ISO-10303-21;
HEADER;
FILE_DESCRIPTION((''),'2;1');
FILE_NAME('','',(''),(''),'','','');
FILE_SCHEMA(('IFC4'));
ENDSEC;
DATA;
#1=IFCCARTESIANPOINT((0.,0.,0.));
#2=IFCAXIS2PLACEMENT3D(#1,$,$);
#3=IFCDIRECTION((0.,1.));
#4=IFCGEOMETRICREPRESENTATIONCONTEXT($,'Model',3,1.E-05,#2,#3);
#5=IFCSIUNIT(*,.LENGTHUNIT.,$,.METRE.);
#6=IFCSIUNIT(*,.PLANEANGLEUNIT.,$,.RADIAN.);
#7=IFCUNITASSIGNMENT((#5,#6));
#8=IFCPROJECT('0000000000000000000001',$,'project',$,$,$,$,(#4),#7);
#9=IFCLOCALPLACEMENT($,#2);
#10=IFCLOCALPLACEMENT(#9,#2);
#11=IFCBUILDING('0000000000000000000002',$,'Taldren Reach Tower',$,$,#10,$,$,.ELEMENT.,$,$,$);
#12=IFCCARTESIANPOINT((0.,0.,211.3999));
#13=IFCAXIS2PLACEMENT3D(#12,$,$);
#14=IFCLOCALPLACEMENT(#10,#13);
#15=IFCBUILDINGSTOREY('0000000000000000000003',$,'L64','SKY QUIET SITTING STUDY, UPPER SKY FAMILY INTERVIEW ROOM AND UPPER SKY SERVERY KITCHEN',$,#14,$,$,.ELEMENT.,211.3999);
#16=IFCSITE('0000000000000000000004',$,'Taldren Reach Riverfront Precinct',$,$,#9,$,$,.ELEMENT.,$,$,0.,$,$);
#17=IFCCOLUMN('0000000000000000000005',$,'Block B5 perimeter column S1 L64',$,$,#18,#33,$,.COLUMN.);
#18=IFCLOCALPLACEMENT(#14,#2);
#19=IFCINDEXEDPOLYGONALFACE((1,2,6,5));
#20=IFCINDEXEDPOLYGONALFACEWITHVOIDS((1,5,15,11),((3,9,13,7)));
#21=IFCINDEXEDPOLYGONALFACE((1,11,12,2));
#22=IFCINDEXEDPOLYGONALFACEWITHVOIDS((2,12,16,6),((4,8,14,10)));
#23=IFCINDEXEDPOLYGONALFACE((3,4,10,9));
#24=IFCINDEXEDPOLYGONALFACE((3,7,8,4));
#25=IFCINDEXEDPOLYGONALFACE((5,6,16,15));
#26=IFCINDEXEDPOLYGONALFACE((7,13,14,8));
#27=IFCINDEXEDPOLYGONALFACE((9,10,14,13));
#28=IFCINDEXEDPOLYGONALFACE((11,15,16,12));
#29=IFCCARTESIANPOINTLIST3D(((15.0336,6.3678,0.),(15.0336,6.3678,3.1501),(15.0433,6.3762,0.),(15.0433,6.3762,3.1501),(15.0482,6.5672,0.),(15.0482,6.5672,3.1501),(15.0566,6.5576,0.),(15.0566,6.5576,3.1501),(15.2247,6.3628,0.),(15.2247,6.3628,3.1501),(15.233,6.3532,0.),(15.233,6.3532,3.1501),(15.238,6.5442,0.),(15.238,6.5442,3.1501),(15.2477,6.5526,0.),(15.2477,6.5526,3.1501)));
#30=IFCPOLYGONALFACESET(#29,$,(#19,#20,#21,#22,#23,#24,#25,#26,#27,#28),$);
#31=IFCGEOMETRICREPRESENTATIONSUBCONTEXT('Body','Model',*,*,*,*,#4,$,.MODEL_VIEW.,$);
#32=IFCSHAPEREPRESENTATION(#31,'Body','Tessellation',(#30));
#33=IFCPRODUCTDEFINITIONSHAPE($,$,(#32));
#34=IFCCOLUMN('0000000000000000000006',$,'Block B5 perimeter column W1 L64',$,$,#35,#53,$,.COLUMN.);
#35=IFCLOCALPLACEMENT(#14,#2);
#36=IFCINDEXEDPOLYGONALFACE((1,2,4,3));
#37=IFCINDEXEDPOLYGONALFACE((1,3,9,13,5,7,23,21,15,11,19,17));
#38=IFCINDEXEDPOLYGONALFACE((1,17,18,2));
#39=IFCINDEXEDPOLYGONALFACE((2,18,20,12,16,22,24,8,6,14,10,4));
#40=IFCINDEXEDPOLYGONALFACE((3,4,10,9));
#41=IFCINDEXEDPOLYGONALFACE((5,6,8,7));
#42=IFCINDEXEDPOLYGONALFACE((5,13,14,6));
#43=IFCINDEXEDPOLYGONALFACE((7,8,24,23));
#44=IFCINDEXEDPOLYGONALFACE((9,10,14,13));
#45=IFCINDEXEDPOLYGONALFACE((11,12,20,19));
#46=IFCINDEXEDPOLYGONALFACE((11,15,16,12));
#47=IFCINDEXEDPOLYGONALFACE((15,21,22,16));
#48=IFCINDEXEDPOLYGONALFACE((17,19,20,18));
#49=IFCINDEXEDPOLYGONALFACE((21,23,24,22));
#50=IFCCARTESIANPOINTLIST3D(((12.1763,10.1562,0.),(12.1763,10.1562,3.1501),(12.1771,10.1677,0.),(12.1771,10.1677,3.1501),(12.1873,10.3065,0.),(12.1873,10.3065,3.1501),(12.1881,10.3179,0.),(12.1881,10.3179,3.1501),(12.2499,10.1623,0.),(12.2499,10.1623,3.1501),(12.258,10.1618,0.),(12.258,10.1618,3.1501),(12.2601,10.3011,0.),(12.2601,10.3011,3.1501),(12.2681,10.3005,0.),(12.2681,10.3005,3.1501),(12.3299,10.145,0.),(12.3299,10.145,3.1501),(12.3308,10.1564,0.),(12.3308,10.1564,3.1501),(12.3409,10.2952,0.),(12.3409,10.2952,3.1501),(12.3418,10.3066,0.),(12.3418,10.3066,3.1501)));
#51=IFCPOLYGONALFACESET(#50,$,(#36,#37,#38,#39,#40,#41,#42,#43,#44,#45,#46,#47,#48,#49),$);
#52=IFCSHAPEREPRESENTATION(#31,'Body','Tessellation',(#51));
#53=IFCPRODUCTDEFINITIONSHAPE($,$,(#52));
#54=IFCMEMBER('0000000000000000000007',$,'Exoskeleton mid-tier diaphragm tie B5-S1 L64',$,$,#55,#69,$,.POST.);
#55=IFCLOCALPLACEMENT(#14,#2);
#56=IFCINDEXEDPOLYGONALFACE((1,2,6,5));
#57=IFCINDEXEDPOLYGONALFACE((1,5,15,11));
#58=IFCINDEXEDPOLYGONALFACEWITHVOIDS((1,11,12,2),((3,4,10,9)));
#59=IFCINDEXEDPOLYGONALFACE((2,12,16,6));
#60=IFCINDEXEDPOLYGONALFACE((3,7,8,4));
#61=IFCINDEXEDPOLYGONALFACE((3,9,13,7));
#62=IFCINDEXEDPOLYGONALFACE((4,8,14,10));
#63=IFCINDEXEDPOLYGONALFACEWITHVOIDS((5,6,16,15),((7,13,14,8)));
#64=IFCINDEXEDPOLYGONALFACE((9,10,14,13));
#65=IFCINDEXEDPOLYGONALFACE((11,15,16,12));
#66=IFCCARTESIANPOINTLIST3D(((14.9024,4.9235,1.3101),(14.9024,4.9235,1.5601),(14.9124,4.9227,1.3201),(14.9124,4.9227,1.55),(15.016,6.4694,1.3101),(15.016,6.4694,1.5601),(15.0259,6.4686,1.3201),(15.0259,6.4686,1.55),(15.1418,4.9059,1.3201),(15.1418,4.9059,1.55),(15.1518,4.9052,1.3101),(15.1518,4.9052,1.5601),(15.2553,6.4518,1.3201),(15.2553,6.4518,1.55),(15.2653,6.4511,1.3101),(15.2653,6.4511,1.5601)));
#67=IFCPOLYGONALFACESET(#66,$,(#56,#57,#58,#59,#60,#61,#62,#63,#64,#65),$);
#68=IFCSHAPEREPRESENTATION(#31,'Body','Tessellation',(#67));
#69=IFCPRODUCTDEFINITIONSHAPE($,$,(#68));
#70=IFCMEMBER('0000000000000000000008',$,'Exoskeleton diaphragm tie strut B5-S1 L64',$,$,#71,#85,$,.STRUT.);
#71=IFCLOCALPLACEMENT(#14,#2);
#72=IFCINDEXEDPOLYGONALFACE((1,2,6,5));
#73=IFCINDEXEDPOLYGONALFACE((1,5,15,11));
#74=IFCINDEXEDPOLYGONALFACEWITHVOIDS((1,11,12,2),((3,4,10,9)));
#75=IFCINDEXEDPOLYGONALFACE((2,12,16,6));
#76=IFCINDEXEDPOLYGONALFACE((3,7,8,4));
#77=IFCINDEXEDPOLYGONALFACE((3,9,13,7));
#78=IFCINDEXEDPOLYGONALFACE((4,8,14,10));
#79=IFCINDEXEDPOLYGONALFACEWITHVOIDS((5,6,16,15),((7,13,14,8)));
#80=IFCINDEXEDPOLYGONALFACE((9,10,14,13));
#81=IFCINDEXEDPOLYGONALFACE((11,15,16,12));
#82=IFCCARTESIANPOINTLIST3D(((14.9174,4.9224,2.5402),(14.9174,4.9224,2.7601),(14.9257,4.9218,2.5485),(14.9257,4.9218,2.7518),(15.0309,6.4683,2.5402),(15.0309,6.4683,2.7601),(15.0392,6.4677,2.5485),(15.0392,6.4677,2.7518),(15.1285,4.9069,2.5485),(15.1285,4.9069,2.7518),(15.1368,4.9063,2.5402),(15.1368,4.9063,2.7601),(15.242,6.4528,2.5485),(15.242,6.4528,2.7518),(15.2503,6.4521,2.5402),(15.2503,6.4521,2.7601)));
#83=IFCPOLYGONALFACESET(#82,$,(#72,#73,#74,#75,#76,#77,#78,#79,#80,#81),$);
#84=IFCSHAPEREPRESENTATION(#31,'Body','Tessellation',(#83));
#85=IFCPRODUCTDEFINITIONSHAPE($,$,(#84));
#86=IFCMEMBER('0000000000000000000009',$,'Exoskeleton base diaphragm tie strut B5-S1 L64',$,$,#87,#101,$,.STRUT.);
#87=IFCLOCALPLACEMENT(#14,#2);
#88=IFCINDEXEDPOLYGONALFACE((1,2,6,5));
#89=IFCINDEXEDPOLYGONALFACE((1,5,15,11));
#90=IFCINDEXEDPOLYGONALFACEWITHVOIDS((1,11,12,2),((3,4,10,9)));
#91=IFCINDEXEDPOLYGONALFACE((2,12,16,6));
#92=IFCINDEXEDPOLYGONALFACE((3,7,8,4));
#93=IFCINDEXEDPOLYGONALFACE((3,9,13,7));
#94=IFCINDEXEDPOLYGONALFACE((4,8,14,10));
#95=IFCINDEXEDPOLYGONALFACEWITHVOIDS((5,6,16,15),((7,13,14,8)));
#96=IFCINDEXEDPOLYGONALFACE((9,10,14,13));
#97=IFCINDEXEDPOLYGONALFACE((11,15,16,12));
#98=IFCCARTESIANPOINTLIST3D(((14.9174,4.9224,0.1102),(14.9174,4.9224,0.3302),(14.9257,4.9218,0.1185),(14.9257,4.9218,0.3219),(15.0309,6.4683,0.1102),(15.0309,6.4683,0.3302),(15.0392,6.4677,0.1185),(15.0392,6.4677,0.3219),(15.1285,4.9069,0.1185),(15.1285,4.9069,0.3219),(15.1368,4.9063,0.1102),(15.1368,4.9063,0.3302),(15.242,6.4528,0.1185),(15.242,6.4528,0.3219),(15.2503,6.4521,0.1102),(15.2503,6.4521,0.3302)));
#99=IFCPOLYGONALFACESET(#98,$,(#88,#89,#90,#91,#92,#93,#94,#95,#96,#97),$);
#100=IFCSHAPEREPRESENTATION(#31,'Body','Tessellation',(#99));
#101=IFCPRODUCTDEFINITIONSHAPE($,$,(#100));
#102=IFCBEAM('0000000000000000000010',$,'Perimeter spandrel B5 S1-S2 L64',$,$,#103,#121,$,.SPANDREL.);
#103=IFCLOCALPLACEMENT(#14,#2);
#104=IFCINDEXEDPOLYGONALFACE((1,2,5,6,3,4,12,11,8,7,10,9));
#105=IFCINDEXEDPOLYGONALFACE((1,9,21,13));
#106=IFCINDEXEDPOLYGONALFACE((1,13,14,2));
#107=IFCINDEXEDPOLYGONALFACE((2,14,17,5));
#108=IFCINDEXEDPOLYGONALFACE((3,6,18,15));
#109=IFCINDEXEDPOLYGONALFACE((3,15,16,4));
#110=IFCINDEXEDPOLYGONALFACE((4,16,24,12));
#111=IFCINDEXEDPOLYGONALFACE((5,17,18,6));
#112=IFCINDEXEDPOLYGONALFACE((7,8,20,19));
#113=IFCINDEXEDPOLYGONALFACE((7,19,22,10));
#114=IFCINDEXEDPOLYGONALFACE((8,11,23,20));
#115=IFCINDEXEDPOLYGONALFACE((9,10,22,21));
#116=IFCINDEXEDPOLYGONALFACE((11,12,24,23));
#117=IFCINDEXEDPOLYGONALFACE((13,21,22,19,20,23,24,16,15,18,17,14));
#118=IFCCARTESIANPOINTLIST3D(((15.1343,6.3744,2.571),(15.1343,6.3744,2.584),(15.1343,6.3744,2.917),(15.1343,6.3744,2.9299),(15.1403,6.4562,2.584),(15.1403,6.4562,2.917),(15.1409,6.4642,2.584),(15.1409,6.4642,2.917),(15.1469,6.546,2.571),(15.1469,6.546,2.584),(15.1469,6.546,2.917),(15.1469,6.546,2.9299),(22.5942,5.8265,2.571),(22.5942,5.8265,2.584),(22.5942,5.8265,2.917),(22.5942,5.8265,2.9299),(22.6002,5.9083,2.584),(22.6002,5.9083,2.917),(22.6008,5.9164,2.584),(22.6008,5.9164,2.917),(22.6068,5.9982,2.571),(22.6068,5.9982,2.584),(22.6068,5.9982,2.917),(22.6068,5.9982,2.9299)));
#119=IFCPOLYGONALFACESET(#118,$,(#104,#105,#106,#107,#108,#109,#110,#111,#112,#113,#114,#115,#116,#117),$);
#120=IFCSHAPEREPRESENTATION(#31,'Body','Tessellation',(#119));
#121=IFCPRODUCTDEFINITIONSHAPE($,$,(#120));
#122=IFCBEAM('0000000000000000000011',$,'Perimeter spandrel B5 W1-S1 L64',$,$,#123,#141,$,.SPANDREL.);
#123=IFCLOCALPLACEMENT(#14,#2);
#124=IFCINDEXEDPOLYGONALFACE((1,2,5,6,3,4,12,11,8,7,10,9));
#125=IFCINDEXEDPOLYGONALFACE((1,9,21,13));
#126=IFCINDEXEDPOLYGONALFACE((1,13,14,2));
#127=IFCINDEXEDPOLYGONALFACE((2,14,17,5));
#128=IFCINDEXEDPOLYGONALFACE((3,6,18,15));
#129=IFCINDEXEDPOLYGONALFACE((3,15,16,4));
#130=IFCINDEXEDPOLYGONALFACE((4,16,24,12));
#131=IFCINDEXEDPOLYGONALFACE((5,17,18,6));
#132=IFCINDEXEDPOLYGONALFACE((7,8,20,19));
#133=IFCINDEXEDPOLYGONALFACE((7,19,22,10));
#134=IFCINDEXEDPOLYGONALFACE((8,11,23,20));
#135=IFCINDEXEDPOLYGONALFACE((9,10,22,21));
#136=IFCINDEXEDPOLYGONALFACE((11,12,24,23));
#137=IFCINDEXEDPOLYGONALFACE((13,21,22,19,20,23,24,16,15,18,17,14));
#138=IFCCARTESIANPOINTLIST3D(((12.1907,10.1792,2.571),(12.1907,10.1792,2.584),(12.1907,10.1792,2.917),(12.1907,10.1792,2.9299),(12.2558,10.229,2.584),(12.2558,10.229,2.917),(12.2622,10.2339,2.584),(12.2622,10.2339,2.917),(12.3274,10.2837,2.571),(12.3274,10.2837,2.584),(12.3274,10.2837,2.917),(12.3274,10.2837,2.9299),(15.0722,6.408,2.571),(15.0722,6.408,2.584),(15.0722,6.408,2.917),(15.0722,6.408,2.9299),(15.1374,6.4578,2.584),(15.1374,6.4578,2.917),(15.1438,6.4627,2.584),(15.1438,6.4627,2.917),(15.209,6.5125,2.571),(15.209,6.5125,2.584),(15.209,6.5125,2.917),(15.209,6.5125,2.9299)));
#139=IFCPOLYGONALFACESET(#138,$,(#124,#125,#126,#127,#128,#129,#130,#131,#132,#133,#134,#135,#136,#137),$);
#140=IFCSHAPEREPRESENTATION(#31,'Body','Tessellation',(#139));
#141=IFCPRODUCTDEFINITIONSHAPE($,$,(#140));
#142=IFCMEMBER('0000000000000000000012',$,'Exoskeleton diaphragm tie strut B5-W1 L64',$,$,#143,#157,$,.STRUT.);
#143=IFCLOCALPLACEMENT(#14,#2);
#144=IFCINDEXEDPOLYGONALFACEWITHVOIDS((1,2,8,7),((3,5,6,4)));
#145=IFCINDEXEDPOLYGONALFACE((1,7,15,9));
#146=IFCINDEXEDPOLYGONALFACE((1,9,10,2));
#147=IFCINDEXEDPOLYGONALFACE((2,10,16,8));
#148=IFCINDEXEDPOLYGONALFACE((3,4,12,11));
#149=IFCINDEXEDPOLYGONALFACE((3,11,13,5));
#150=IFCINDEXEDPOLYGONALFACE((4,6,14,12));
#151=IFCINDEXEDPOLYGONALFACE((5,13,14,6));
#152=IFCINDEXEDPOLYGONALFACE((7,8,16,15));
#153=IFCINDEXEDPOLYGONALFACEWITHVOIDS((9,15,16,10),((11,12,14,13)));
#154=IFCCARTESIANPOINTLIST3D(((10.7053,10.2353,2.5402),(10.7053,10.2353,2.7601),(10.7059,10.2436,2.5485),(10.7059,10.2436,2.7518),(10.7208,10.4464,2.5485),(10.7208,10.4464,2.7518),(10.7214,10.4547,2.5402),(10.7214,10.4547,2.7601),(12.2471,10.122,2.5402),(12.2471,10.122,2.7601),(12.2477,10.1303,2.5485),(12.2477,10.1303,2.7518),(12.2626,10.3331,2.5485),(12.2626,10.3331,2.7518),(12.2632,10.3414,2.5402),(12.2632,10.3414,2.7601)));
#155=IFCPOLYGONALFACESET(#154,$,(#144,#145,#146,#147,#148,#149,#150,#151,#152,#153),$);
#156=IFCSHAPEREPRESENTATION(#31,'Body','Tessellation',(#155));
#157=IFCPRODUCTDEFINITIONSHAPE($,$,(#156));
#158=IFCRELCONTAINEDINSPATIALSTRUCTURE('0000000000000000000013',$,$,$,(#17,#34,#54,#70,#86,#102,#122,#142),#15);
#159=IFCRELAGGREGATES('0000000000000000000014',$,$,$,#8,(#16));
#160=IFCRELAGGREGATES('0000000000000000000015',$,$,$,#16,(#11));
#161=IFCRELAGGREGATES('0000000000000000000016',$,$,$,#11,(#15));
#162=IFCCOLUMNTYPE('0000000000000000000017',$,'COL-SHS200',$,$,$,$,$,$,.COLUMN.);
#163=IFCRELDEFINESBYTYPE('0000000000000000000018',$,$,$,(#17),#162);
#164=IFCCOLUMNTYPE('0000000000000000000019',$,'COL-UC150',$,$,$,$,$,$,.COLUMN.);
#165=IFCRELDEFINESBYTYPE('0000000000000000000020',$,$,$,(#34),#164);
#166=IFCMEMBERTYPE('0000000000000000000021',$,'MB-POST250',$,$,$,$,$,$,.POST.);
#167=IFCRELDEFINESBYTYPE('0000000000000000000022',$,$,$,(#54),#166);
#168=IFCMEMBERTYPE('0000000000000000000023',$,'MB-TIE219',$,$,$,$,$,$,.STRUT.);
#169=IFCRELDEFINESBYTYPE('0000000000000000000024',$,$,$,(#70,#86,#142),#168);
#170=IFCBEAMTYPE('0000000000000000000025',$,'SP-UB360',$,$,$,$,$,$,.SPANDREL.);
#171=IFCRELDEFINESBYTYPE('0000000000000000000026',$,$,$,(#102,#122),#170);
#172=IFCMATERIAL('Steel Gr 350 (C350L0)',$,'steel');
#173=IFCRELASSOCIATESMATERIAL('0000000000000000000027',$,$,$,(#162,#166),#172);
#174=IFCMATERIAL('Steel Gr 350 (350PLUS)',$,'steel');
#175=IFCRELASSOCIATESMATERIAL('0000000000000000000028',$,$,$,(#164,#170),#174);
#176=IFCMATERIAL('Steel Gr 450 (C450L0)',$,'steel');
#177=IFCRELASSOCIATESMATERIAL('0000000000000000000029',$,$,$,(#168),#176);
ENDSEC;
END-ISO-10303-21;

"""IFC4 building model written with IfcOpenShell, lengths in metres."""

from ifc_helpers import new_model, si_unit, direction, frame, origin, origin_2d, place, context, subcontext, project, spatial, hollow_rectangle, i_section, extrude, source, transform, mapped, material, material_profile, profile_set, type_object, element, save


model = new_model("IFC4")

# Units and contexts
model_context = context("Model", 3, precision=1e-05, world=origin(), true_north=direction((0.0, 1.0)))
body_context = subcontext(model_context, "Body", "Model", "MODEL_VIEW")
ifc_project = project(units=[si_unit("LENGTHUNIT", "METRE"), si_unit("PLANEANGLEUNIT", "RADIAN")], contexts=[model_context])

# Site, building, storey
site_placement = place(None, origin())
site = spatial("IfcSite", under=ifc_project, at=site_placement, Name="Taldren Reach Riverfront Precinct", CompositionType="ELEMENT", RefElevation=0.0)
building_placement = place(site_placement, origin())
building = spatial("IfcBuilding", under=site, at=building_placement, Name="Taldren Reach Tower", CompositionType="ELEMENT")
storey_placement = place(building_placement, frame((0.0, 0.0, 211.3999)))
storey = spatial("IfcBuildingStorey", under=building, at=storey_placement, Name="L64", Description="SKY QUIET SITTING STUDY, UPPER SKY FAMILY INTERVIEW ROOM AND UPPER SKY SERVERY KITCHEN", CompositionType="ELEMENT", Elevation=211.3999)

# Columns
ifc_material_1 = material(Name="Steel Gr 350 (C350L0)", Category="steel")
ifc_material_profile_1 = material_profile(ifc_material_1, hollow_rectangle(XDim=0.2, YDim=0.2, WallThickness=0.009, at=origin_2d()), Name="200x200x9.0SHS")
ifc_profile_set_1 = profile_set([ifc_material_profile_1], Name="Steel Gr 350 (C350L0)")
column_type_1 = type_object("IfcColumnType", Name="COL-SHS200", PredefinedType="COLUMN", material=ifc_profile_set_1)
shared_shape_1 = source(origin(), body_context, "Body", "SweptSolid", [
    extrude(hollow_rectangle(XDim=0.2, YDim=0.2, WallThickness=0.009, at=origin_2d()), origin(), (0.0, 0.0, 1.0), 3.1501),
])
column_1_placement = place(storey_placement, frame((15.1406, 6.4602, 0.0), z_axis=(0.0, 0.0, 1.0), x_axis=(0.997314, -0.073238, 0.0)))
element("IfcColumn", 1, at=column_1_placement, inside=storey, type_object=column_type_1, Name="Block B5 perimeter column S1 L64", PredefinedType="COLUMN", context=body_context, shape_type="MappedRepresentation", body=[
    mapped(shared_shape_1, transform((0.0, 0.0, 0.0), scale=1.0)),
])
ifc_material_2 = material(Name="Steel Gr 350 (350PLUS)", Category="steel")
ifc_material_profile_2 = material_profile(ifc_material_2, i_section(OverallWidth=0.1541, OverallDepth=0.1621, WebThickness=0.0081, FlangeThickness=0.0115, at=origin_2d()), Name="150UC37.2")
ifc_profile_set_2 = profile_set([ifc_material_profile_2], Name="Steel Gr 350 (350PLUS)")
column_type_2 = type_object("IfcColumnType", Name="COL-UC150", PredefinedType="COLUMN", material=ifc_profile_set_2)
shared_shape_2 = source(origin(), body_context, "Body", "SweptSolid", [
    extrude(i_section(OverallWidth=0.1541, OverallDepth=0.1621, WebThickness=0.0081, FlangeThickness=0.0115, at=origin_2d()), origin(), (0.0, 0.0, 1.0), 3.1501),
])
column_2_placement = place(storey_placement, frame((12.259, 10.2314, 0.0), z_axis=(0.0, 0.0, 1.0), x_axis=(0.997314, -0.073238, 0.0)))
element("IfcColumn", 2, at=column_2_placement, inside=storey, type_object=column_type_2, Name="Block B5 perimeter column W1 L64", PredefinedType="COLUMN", context=body_context, shape_type="MappedRepresentation", body=[
    mapped(shared_shape_2, transform((0.0, 0.0, 0.0), scale=1.0)),
])

# Members
ifc_material_profile_3 = material_profile(ifc_material_1, hollow_rectangle(XDim=0.25, YDim=0.25, WallThickness=0.01, at=origin_2d()), Name="250x250x10.0SHS")
ifc_profile_set_3 = profile_set([ifc_material_profile_3], Name="Steel Gr 350 (C350L0)")
member_type_1 = type_object("IfcMemberType", Name="MB-POST250", PredefinedType="POST", material=ifc_profile_set_3)
shared_shape_3 = source(origin(), body_context, "Body", "SweptSolid", [
    extrude(hollow_rectangle(XDim=0.25, YDim=0.25, WallThickness=0.01, at=origin_2d()), origin(), (0.0, 0.0, 1.0), 1.55),
])
member_1_placement = place(storey_placement, frame((15.1406, 6.4602, 1.4351), z_axis=(-0.073239, -0.997314, 0.0), x_axis=(0.997314, -0.073239, 0.0)))
element("IfcMember", 3, at=member_1_placement, inside=storey, type_object=member_type_1, Name="Exoskeleton mid-tier diaphragm tie B5-S1 L64", PredefinedType="POST", context=body_context, shape_type="MappedRepresentation", body=[
    mapped(shared_shape_3, transform((0.0, 0.0, 0.0), scale=1.0)),
])
ifc_material_3 = material(Name="Steel Gr 450 (C450L0)", Category="steel")
ifc_material_profile_4 = material_profile(ifc_material_3, hollow_rectangle(XDim=0.22, YDim=0.22, WallThickness=0.0083, at=origin_2d()), Name="220x220x8.2SHS")
ifc_profile_set_4 = profile_set([ifc_material_profile_4], Name="Steel Gr 450 (C450L0)")
member_type_2 = type_object("IfcMemberType", Name="MB-TIE219", PredefinedType="STRUT", material=ifc_profile_set_4)
shared_shape_4 = source(origin(), body_context, "Body", "SweptSolid", [
    extrude(hollow_rectangle(XDim=0.22, YDim=0.22, WallThickness=0.0083, at=origin_2d()), origin(), (0.0, 0.0, 1.0), 1.55),
])
for number, where, z_axis, x_axis, name in (
    (4, (15.1406, 6.4602, 2.6501), (-0.073239, -0.997314, 0.0), (0.997314, -0.073239, 0.0), "Exoskeleton diaphragm tie strut B5-S1 L64"),
    (5, (15.1406, 6.4602, 0.2202), (-0.073239, -0.997314, 0.0), (0.997314, -0.073239, 0.0), "Exoskeleton base diaphragm tie strut B5-S1 L64"),
):
    element("IfcMember", number, at=place(storey_placement, frame(where, z_axis=z_axis, x_axis=x_axis)), inside=storey, type_object=member_type_2, Name=name, PredefinedType="STRUT", context=body_context, shape_type="MappedRepresentation", body=[
        mapped(shared_shape_4, transform((0.0, 0.0, 0.0), scale=1.0)),
    ])

# Beams
ifc_material_profile_5 = material_profile(ifc_material_2, i_section(OverallWidth=0.1721, OverallDepth=0.3589, WebThickness=0.0081, FlangeThickness=0.0129, at=origin_2d()), Name="360UB56.7")
ifc_profile_set_5 = profile_set([ifc_material_profile_5], Name="Steel Gr 350 (350PLUS)")
beam_type = type_object("IfcBeamType", Name="SP-UB360", PredefinedType="SPANDREL", material=ifc_profile_set_5)
shared_shape_5 = source(origin(), body_context, "Body", "SweptSolid", [
    extrude(i_section(OverallWidth=0.1721, OverallDepth=0.3589, WebThickness=0.0081, FlangeThickness=0.0129, at=origin_2d()), origin(), (0.0, 0.0, 1.0), 7.48),
])
beam_1_placement = place(storey_placement, frame((15.1406, 6.4602, 2.7505), z_axis=(0.997314, -0.073242, 0.0), x_axis=(0.073242, 0.997314, 0.0)))
element("IfcBeam", 6, at=beam_1_placement, inside=storey, type_object=beam_type, Name="Perimeter spandrel B5 S1-S2 L64", PredefinedType="SPANDREL", context=body_context, shape_type="MappedRepresentation", body=[
    mapped(shared_shape_5, transform((0.0, 0.0, 0.0), scale=1.0)),
])
shared_shape_6 = source(origin(), body_context, "Body", "SweptSolid", [
    extrude(i_section(OverallWidth=0.1721, OverallDepth=0.3589, WebThickness=0.0081, FlangeThickness=0.0129, at=origin_2d()), origin(), (0.0, 0.0, 1.0), 4.7461),
])
beam_2_placement = place(storey_placement, frame((12.259, 10.2314, 2.7505), z_axis=(0.607145, -0.794591, 0.0), x_axis=(0.794591, 0.607145, 0.0)))
element("IfcBeam", 7, at=beam_2_placement, inside=storey, type_object=beam_type, Name="Perimeter spandrel B5 W1-S1 L64", PredefinedType="SPANDREL", context=body_context, shape_type="MappedRepresentation", body=[
    mapped(shared_shape_6, transform((0.0, 0.0, 0.0), scale=1.0)),
])

# Member
shared_shape_7 = source(origin(), body_context, "Body", "SweptSolid", [
    extrude(hollow_rectangle(XDim=0.22, YDim=0.22, WallThickness=0.0083, at=origin_2d()), origin(), (0.0, 0.0, 1.0), 1.5459),
])
member_2_placement = place(storey_placement, frame((12.2551, 10.2317, 2.6501), z_axis=(-0.997312, 0.073278, 0.0), x_axis=(-0.073278, -0.997312, 0.0)))
element("IfcMember", 8, at=member_2_placement, inside=storey, type_object=member_type_2, Name="Exoskeleton diaphragm tie strut B5-W1 L64", PredefinedType="STRUT", context=body_context, shape_type="MappedRepresentation", body=[
    mapped(shared_shape_7, transform((0.0, 0.0, 0.0), scale=1.0)),
])

save(model, "model.ifc")
